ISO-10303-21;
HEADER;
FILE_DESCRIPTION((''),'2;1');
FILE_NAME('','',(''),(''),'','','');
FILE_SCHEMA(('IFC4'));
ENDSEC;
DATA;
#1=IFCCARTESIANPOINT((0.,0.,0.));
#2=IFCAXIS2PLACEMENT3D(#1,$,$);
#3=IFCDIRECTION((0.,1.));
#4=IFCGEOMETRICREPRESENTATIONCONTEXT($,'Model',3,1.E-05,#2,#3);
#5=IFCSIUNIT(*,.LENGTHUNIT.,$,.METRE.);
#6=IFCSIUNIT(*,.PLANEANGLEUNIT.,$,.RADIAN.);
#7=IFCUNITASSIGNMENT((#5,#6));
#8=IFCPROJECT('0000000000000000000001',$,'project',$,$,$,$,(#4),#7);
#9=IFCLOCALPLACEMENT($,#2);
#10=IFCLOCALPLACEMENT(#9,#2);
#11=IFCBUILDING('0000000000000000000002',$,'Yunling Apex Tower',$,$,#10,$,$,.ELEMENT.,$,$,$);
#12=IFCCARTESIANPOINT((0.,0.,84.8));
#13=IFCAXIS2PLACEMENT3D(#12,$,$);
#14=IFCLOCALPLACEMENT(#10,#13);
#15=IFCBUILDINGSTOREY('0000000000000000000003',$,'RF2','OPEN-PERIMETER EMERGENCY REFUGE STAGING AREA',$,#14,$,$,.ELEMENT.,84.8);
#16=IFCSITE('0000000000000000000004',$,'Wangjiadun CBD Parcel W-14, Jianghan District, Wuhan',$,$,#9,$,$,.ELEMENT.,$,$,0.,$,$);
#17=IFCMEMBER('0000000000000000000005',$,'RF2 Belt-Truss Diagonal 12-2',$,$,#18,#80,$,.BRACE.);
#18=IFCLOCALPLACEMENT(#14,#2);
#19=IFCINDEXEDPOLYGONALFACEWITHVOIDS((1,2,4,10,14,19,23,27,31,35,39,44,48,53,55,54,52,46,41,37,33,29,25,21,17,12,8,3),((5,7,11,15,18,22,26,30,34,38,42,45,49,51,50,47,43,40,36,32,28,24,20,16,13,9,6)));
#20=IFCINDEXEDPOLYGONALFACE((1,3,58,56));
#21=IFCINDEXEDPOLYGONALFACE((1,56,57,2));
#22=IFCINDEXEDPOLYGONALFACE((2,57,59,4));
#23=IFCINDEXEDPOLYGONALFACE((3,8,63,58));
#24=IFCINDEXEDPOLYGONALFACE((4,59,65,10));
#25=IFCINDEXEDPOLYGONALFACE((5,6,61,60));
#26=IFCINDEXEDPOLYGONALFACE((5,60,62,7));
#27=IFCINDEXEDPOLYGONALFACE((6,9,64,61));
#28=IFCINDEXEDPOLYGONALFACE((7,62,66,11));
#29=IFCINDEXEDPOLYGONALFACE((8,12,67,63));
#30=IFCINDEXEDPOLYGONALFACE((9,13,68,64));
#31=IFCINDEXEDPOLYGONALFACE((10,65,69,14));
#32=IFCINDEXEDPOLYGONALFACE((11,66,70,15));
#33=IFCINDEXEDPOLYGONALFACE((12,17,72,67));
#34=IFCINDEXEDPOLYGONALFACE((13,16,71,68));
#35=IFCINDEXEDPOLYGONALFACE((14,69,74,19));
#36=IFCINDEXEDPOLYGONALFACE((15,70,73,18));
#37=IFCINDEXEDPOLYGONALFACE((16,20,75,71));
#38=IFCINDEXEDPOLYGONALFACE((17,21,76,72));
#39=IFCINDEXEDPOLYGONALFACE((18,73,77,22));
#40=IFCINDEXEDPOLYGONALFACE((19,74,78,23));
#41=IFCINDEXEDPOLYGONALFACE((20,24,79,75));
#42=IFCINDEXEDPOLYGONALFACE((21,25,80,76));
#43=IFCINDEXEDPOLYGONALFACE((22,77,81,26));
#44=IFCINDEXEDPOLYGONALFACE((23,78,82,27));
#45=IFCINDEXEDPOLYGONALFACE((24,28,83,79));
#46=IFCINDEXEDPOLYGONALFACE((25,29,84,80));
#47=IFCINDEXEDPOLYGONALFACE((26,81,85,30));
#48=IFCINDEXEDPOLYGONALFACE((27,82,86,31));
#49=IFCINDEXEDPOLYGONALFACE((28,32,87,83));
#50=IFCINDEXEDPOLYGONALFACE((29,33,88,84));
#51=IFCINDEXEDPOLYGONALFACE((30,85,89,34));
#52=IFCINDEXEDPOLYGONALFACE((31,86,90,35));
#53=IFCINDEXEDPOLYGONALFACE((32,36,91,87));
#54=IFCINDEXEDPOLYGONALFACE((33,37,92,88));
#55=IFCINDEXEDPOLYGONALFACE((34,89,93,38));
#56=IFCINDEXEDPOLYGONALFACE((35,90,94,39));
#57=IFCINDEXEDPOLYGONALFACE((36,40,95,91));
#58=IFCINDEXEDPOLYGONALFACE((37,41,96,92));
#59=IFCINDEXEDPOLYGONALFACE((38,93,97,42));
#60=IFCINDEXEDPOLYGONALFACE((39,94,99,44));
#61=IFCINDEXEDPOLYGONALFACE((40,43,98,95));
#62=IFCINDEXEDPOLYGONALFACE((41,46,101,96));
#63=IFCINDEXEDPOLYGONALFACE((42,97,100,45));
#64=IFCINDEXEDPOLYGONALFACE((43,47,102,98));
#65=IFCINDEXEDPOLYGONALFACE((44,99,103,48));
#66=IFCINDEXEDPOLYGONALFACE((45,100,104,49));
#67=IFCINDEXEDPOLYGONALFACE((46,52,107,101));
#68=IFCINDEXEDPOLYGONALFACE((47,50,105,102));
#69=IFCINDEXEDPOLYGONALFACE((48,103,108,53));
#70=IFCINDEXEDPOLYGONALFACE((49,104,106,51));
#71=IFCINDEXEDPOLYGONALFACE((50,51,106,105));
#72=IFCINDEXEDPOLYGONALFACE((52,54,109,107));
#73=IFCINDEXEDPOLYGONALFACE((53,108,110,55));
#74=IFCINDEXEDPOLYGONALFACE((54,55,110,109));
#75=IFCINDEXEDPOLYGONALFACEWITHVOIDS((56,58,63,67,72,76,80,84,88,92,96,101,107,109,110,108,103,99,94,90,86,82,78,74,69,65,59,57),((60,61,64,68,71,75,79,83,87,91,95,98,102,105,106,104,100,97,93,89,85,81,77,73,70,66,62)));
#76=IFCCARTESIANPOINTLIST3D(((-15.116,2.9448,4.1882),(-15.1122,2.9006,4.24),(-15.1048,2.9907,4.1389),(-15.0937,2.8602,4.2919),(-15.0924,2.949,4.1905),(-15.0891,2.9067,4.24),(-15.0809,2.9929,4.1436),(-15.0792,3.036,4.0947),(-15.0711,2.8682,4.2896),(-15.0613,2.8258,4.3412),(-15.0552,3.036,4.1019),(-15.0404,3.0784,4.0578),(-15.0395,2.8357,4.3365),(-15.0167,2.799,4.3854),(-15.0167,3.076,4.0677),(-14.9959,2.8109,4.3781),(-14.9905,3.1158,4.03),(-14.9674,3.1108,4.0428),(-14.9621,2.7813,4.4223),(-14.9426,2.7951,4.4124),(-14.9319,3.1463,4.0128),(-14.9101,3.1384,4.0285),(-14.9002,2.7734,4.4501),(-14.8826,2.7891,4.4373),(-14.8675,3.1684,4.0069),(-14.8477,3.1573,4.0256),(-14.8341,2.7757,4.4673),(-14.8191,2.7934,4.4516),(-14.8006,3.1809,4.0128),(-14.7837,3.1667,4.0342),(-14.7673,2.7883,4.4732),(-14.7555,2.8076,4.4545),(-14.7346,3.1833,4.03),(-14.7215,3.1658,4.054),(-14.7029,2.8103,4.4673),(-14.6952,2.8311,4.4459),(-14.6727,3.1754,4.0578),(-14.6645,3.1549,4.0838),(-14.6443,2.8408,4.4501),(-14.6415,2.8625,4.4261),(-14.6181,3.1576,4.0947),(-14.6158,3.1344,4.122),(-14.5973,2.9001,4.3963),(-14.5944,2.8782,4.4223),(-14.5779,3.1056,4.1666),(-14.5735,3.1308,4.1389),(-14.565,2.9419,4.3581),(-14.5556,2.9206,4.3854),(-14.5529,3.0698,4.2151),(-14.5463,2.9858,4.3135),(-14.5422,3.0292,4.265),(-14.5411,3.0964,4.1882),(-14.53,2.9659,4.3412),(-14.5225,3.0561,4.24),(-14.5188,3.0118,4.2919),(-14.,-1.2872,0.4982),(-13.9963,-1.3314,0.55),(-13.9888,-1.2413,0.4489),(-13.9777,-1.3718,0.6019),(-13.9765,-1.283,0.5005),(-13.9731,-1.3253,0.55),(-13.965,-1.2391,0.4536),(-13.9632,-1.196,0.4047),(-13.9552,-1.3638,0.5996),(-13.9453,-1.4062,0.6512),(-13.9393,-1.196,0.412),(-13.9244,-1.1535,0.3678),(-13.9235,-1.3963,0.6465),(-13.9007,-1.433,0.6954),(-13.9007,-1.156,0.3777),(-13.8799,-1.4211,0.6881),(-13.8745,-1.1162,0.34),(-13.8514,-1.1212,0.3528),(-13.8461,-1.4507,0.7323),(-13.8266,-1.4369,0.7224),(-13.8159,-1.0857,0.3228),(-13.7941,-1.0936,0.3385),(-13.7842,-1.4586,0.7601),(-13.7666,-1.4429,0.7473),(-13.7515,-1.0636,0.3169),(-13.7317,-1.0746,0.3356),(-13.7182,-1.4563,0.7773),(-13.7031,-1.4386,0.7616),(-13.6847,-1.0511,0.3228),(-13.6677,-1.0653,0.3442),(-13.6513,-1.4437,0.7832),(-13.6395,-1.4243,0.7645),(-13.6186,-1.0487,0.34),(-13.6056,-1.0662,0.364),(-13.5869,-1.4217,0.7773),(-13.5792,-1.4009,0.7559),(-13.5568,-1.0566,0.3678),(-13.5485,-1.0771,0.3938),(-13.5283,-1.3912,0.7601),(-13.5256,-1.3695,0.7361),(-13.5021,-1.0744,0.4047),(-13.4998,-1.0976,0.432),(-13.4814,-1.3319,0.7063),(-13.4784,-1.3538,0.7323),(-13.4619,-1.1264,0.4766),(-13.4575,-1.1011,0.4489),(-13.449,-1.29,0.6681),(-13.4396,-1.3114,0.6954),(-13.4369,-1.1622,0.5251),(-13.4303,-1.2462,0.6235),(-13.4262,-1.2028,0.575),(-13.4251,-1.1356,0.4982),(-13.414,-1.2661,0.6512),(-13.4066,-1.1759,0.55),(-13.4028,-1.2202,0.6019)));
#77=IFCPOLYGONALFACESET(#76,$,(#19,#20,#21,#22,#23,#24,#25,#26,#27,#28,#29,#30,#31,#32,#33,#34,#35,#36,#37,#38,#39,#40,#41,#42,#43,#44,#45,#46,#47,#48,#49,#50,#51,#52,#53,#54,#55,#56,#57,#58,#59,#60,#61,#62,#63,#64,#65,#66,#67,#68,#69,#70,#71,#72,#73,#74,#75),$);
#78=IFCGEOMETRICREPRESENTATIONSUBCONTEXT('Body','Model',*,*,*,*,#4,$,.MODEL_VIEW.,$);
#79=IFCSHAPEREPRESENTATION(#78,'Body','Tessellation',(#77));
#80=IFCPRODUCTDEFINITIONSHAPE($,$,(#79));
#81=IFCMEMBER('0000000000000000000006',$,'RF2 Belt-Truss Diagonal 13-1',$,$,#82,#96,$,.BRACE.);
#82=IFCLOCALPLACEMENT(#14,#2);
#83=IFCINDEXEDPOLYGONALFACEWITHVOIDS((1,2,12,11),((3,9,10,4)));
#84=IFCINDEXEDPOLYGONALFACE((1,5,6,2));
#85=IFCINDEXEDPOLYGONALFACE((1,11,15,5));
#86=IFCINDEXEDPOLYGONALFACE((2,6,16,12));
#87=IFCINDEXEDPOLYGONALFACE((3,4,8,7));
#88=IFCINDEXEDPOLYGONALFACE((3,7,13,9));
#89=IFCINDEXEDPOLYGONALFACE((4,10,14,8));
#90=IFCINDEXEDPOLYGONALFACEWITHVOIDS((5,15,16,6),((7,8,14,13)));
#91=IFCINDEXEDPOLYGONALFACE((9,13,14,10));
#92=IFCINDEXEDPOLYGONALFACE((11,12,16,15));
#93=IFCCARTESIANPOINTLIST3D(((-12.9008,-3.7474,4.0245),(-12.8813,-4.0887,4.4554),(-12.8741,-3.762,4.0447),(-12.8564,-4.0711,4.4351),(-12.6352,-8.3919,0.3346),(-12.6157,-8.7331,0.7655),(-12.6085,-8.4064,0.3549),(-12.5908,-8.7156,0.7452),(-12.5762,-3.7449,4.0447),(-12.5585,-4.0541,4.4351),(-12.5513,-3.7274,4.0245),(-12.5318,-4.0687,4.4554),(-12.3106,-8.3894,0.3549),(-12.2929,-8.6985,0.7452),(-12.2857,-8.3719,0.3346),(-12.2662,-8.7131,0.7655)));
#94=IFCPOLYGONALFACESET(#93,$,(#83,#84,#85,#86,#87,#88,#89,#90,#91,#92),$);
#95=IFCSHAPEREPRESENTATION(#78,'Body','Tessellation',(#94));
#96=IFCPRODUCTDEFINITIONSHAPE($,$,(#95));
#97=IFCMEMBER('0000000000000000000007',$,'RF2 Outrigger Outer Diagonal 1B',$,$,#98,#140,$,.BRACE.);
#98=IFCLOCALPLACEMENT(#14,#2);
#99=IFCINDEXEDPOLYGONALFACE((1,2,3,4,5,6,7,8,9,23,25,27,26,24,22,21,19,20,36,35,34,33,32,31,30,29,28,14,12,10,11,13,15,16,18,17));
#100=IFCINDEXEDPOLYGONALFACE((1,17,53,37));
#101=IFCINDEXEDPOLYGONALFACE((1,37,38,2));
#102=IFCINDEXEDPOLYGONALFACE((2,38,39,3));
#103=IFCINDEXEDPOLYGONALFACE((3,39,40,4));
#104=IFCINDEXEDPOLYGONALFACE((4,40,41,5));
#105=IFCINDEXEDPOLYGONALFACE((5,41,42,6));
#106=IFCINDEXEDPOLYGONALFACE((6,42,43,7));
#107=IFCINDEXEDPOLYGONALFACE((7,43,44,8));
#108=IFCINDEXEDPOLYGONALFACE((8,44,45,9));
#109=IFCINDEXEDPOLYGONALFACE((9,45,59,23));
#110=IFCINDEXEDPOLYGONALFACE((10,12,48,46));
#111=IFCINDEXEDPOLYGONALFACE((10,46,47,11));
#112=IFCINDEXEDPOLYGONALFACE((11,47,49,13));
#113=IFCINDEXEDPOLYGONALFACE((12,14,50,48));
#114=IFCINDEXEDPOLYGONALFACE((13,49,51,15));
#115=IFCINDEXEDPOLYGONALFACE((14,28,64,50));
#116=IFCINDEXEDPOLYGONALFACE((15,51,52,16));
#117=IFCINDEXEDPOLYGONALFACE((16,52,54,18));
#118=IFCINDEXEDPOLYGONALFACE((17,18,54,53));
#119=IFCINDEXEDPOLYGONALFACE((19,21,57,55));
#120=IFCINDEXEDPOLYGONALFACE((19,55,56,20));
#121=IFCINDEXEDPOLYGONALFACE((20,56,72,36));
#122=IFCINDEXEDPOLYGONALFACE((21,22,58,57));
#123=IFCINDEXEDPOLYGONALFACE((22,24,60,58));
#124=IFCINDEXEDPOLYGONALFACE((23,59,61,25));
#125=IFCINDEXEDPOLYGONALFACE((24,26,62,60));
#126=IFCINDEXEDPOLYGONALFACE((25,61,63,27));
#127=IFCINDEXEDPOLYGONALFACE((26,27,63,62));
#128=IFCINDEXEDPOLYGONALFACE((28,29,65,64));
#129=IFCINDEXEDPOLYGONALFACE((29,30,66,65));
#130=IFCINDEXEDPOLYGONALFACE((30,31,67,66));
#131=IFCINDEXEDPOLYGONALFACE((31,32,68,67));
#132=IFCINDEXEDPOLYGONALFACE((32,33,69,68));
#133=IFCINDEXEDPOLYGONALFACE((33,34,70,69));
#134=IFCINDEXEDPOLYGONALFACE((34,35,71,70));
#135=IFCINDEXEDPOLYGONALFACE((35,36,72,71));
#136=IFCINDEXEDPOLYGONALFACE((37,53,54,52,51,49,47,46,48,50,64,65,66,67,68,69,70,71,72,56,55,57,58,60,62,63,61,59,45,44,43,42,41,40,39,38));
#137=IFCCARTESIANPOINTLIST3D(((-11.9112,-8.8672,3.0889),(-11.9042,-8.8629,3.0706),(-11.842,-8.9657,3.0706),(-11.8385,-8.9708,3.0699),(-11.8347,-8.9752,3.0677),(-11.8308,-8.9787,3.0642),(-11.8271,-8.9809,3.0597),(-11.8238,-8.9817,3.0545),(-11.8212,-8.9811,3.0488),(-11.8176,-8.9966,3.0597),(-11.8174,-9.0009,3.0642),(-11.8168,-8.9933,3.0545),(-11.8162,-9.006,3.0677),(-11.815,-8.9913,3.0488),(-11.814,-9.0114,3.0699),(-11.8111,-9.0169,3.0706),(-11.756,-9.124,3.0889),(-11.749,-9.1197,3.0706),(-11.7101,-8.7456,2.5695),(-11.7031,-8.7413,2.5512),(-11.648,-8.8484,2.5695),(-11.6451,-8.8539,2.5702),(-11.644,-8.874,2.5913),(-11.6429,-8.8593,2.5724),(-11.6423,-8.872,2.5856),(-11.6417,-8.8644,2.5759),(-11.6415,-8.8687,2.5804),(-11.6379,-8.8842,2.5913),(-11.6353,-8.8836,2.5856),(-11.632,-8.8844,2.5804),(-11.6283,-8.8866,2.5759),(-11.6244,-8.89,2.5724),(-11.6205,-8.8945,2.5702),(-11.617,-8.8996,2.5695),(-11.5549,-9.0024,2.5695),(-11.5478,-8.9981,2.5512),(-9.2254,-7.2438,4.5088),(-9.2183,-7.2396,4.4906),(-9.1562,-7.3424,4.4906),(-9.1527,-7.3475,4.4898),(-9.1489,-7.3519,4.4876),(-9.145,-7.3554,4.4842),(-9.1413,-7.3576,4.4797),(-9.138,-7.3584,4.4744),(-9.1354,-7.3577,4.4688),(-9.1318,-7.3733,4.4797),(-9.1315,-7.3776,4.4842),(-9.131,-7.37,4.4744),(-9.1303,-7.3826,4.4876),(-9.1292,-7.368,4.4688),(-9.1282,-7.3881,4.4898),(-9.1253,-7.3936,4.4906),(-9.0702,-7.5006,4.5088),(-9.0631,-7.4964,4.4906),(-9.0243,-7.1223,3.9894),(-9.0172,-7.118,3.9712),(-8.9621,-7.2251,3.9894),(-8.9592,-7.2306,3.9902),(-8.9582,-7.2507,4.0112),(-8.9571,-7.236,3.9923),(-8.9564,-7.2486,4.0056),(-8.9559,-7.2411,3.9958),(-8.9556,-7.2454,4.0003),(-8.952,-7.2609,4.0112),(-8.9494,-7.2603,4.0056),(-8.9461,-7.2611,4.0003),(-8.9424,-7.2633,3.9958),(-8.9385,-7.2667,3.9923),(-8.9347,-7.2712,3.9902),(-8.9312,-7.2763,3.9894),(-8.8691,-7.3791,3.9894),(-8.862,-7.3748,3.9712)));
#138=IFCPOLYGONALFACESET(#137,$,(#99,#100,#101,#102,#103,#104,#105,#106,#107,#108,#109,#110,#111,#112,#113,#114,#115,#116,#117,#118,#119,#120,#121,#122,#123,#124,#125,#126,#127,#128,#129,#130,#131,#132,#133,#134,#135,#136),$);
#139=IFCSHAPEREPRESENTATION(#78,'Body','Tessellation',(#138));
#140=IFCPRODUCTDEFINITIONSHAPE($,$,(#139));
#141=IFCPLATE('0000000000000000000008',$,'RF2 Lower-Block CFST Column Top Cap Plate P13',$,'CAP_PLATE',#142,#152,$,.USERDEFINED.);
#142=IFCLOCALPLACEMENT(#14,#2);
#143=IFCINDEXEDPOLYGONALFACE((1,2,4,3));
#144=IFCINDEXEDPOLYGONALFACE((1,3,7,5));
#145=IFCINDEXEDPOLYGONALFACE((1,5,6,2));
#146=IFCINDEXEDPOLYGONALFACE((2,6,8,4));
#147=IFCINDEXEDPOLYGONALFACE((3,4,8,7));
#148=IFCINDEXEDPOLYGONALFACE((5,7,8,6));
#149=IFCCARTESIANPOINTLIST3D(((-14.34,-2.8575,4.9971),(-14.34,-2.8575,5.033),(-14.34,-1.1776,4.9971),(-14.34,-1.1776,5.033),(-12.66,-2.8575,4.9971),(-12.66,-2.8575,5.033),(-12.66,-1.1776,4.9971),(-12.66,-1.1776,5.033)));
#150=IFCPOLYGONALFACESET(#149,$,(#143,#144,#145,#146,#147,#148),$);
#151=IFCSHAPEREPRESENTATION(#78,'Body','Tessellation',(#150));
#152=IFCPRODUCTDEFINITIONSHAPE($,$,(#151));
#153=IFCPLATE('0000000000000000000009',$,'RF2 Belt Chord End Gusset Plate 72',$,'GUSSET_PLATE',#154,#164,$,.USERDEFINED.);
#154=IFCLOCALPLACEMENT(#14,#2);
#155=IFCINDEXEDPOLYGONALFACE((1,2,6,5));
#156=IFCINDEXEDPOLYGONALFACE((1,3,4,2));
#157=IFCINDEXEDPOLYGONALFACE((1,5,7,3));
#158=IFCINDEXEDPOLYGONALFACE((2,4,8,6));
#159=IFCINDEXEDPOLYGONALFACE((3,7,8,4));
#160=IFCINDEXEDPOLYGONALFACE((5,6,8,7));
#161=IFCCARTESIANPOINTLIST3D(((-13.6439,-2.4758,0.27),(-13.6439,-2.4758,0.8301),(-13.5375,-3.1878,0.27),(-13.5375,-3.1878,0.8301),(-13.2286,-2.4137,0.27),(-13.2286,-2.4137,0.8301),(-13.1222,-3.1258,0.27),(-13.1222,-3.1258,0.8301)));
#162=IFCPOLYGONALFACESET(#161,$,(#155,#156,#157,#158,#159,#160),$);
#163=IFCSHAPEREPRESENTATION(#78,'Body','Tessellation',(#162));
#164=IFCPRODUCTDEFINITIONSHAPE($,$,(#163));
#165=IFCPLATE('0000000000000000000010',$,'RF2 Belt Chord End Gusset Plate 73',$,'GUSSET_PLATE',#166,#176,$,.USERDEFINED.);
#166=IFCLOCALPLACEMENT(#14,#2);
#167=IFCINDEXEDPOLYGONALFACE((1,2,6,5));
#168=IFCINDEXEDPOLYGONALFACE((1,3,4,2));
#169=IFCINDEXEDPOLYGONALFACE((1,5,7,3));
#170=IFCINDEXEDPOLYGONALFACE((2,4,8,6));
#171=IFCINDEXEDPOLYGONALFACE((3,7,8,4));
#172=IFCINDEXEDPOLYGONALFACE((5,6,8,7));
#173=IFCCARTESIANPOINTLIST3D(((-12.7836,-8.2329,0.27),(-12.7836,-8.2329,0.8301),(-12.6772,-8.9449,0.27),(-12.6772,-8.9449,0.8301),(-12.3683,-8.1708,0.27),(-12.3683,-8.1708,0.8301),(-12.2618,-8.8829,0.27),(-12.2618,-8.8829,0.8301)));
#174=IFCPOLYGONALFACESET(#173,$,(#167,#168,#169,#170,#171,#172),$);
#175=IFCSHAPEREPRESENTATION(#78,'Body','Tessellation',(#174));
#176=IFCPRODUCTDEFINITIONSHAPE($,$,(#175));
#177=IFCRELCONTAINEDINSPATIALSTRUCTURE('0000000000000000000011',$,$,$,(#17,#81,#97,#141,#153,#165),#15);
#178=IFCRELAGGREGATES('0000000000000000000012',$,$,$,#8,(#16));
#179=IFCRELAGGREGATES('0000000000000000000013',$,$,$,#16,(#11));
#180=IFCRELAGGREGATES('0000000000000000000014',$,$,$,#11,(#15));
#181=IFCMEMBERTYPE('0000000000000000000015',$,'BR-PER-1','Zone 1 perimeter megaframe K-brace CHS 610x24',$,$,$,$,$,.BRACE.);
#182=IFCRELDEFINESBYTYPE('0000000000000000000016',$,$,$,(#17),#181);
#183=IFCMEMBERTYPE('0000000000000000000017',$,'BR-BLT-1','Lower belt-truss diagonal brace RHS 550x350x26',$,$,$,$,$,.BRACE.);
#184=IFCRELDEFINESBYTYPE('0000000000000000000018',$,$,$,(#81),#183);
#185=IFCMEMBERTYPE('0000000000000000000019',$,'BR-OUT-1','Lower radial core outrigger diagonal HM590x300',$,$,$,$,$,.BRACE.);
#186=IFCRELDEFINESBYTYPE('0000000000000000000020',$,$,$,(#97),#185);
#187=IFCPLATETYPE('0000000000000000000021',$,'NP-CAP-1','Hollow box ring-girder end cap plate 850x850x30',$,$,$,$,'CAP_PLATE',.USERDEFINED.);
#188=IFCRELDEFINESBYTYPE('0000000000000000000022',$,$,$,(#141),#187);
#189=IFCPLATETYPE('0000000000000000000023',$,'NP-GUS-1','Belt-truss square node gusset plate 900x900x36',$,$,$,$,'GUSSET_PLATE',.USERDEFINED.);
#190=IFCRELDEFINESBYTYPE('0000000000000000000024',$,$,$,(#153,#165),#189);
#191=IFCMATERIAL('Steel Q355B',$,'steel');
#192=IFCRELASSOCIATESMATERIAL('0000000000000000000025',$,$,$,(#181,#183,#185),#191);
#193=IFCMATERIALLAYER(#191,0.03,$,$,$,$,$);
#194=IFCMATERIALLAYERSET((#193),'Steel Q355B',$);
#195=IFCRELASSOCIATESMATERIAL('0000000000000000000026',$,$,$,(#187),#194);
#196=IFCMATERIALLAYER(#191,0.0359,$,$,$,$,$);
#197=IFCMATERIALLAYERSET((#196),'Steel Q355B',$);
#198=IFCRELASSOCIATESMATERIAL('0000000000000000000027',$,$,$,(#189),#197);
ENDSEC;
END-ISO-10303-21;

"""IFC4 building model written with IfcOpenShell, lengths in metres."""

from ifc_helpers import new_model, si_unit, direction, frame, origin, origin_2d, place, context, subcontext, project, spatial, rectangle, hollow_rectangle, hollow_circle, i_section, extrude, source, transform, mapped, material, layer, layer_set, material_profile, profile_set, type_object, element, save


model = new_model("IFC4")

# Units and contexts
model_context = context("Model", 3, precision=1e-05, world=origin(), true_north=direction((0.0, 1.0)))
body_context = subcontext(model_context, "Body", "Model", "MODEL_VIEW")
ifc_project = project(units=[si_unit("LENGTHUNIT", "METRE"), si_unit("PLANEANGLEUNIT", "RADIAN")], contexts=[model_context])

# Site, building, storey
site_placement = place(None, origin())
site = spatial("IfcSite", under=ifc_project, at=site_placement, Name="Wangjiadun CBD Parcel W-14, Jianghan District, Wuhan", CompositionType="ELEMENT", RefElevation=0.0)
building_placement = place(site_placement, origin())
building = spatial("IfcBuilding", under=site, at=building_placement, Name="Yunling Apex Tower", CompositionType="ELEMENT")
storey_placement = place(building_placement, frame((0.0, 0.0, 84.8)))
storey = spatial("IfcBuildingStorey", under=building, at=storey_placement, Name="RF2", Description="OPEN-PERIMETER EMERGENCY REFUGE STAGING AREA", CompositionType="ELEMENT", Elevation=84.8)

# Members
ifc_material_1 = material(Name="Steel Q355B", Category="steel")
ifc_material_profile_1 = material_profile(ifc_material_1, hollow_circle(Radius=0.3049, WallThickness=0.0239, at=origin_2d()))
ifc_profile_set_1 = profile_set([ifc_material_profile_1], Name="Steel Q355B")
member_type_1 = type_object("IfcMemberType", Name="BR-PER-1", Description="Zone 1 perimeter megaframe K-brace CHS 610x24", PredefinedType="BRACE", material=ifc_profile_set_1)
shared_shape_1 = source(origin(), body_context, "Body", "SweptSolid", [
    extrude(hollow_circle(Radius=0.3049, WallThickness=0.0239, at=origin_2d()), origin(), (0.0, 0.0, 1.0), 5.7246),
])
member_1_placement = place(storey_placement, frame((-13.7014, -1.2537, 0.55), z_axis=(-0.194945, 0.739262, 0.644584), x_axis=(-0.966945, -0.254985, 0.0)))
element("IfcMember", 1, at=member_1_placement, inside=storey, type_object=member_type_1, Name="RF2 Belt-Truss Diagonal 12-2", PredefinedType="BRACE", context=body_context, shape_type="MappedRepresentation", body=[
    mapped(shared_shape_1, transform((0.0, 0.0, 0.0), scale=1.0)),
])
ifc_material_profile_2 = material_profile(ifc_material_1, hollow_rectangle(XDim=0.3501, YDim=0.55, WallThickness=0.0259, at=origin_2d()))
ifc_profile_set_2 = profile_set([ifc_material_profile_2], Name="Steel Q355B")
member_type_2 = type_object("IfcMemberType", Name="BR-BLT-1", Description="Lower belt-truss diagonal brace RHS 550x350x26", PredefinedType="BRACE", material=ifc_profile_set_2)
shared_shape_2 = source(origin(), body_context, "Body", "SweptSolid", [
    extrude(hollow_rectangle(XDim=0.3501, YDim=0.55, WallThickness=0.0259, at=origin_2d()), origin(), (0.0, 0.0, 1.0), 5.9377),
])
member_2_placement = place(storey_placement, frame((-12.4507, -8.5525, 0.55), z_axis=(-0.044734, 0.782193, 0.621429), x_axis=(-0.998369, -0.057098, 0.0)))
element("IfcMember", 2, at=member_2_placement, inside=storey, type_object=member_type_2, Name="RF2 Belt-Truss Diagonal 13-1", PredefinedType="BRACE", context=body_context, shape_type="MappedRepresentation", body=[
    mapped(shared_shape_2, transform((0.0, 0.0, 0.0), scale=1.0)),
])
ifc_material_profile_3 = material_profile(ifc_material_1, i_section(OverallWidth=0.3, OverallDepth=0.5901, WebThickness=0.012, FlangeThickness=0.02, FilletRadius=0.0239, at=origin_2d()))
ifc_profile_set_3 = profile_set([ifc_material_profile_3], Name="Steel Q355B")
member_type_3 = type_object("IfcMemberType", Name="BR-OUT-1", Description="Lower radial core outrigger diagonal HM590x300", PredefinedType="BRACE", material=ifc_profile_set_3)
shared_shape_3 = source(origin(), body_context, "Body", "SweptSolid", [
    extrude(i_section(OverallWidth=0.3, OverallDepth=0.5901, WebThickness=0.012, FlangeThickness=0.02, FilletRadius=0.0239, at=origin_2d()), origin(), (0.0, 0.0, 1.0), 3.4446),
])
member_3_placement = place(storey_placement, frame((-9.0437, -7.3093, 4.24), z_axis=(-0.779728, -0.471268, -0.412226), x_axis=(0.517262, -0.855827, 0.0)))
element("IfcMember", 3, at=member_3_placement, inside=storey, type_object=member_type_3, Name="RF2 Outrigger Outer Diagonal 1B", PredefinedType="BRACE", context=body_context, shape_type="MappedRepresentation", body=[
    mapped(shared_shape_3, transform((0.0, 0.0, 0.0), scale=1.0)),
])

# Plates
ifc_layer_1 = layer(ifc_material_1, 0.03)
ifc_layer_set_1 = layer_set([ifc_layer_1], Name="Steel Q355B")
plate_type_1 = type_object("IfcPlateType", Name="NP-CAP-1", Description="Hollow box ring-girder end cap plate 850x850x30", ElementType="CAP_PLATE", PredefinedType="USERDEFINED", material=ifc_layer_set_1)
shared_shape_4 = source(origin(), body_context, "Body", "SweptSolid", [
    extrude(rectangle(XDim=1.6799, YDim=1.6799, at=origin_2d()), origin(), (0.0, 0.0, 1.0), 0.0359),
])
plate_1_placement = place(storey_placement, frame((-13.5, -2.0176, 4.9971), z_axis=(0.0, 0.0, 1.0), x_axis=(1.0, 0.0, 0.0)))
element("IfcPlate", 4, at=plate_1_placement, inside=storey, type_object=plate_type_1, Name="RF2 Lower-Block CFST Column Top Cap Plate P13", ObjectType="CAP_PLATE", PredefinedType="USERDEFINED", context=body_context, shape_type="MappedRepresentation", body=[
    mapped(shared_shape_4, transform((0.0, 0.0, 0.0), scale=1.0)),
])
ifc_layer_2 = layer(ifc_material_1, 0.0359)
ifc_layer_set_2 = layer_set([ifc_layer_2], Name="Steel Q355B")
plate_type_2 = type_object("IfcPlateType", Name="NP-GUS-1", Description="Belt-truss square node gusset plate 900x900x36", ElementType="GUSSET_PLATE", PredefinedType="USERDEFINED", material=ifc_layer_set_2)
shared_shape_5 = source(origin(), body_context, "Body", "SweptSolid", [
    extrude(rectangle(XDim=0.72, YDim=0.4199, at=origin_2d()), origin(), (0.0, 0.0, 1.0), 0.5601),
])
for number, where, z_axis, x_axis, name in (
    (5, (-13.3831, -2.8008, 0.27), (0.0, 0.0, 1.0), (0.147809, -0.989016, 0.0), "RF2 Belt Chord End Gusset Plate 72"),
    (6, (-12.5227, -8.5579, 0.27), (0.0, 0.0, 1.0), (0.147809, -0.989016, 0.0), "RF2 Belt Chord End Gusset Plate 73"),
):
    element("IfcPlate", number, at=place(storey_placement, frame(where, z_axis=z_axis, x_axis=x_axis)), inside=storey, type_object=plate_type_2, Name=name, ObjectType="GUSSET_PLATE", PredefinedType="USERDEFINED", context=body_context, shape_type="MappedRepresentation", body=[
        mapped(shared_shape_5, transform((0.0, 0.0, 0.0), scale=1.0)),
    ])

save(model, "model.ifc")
